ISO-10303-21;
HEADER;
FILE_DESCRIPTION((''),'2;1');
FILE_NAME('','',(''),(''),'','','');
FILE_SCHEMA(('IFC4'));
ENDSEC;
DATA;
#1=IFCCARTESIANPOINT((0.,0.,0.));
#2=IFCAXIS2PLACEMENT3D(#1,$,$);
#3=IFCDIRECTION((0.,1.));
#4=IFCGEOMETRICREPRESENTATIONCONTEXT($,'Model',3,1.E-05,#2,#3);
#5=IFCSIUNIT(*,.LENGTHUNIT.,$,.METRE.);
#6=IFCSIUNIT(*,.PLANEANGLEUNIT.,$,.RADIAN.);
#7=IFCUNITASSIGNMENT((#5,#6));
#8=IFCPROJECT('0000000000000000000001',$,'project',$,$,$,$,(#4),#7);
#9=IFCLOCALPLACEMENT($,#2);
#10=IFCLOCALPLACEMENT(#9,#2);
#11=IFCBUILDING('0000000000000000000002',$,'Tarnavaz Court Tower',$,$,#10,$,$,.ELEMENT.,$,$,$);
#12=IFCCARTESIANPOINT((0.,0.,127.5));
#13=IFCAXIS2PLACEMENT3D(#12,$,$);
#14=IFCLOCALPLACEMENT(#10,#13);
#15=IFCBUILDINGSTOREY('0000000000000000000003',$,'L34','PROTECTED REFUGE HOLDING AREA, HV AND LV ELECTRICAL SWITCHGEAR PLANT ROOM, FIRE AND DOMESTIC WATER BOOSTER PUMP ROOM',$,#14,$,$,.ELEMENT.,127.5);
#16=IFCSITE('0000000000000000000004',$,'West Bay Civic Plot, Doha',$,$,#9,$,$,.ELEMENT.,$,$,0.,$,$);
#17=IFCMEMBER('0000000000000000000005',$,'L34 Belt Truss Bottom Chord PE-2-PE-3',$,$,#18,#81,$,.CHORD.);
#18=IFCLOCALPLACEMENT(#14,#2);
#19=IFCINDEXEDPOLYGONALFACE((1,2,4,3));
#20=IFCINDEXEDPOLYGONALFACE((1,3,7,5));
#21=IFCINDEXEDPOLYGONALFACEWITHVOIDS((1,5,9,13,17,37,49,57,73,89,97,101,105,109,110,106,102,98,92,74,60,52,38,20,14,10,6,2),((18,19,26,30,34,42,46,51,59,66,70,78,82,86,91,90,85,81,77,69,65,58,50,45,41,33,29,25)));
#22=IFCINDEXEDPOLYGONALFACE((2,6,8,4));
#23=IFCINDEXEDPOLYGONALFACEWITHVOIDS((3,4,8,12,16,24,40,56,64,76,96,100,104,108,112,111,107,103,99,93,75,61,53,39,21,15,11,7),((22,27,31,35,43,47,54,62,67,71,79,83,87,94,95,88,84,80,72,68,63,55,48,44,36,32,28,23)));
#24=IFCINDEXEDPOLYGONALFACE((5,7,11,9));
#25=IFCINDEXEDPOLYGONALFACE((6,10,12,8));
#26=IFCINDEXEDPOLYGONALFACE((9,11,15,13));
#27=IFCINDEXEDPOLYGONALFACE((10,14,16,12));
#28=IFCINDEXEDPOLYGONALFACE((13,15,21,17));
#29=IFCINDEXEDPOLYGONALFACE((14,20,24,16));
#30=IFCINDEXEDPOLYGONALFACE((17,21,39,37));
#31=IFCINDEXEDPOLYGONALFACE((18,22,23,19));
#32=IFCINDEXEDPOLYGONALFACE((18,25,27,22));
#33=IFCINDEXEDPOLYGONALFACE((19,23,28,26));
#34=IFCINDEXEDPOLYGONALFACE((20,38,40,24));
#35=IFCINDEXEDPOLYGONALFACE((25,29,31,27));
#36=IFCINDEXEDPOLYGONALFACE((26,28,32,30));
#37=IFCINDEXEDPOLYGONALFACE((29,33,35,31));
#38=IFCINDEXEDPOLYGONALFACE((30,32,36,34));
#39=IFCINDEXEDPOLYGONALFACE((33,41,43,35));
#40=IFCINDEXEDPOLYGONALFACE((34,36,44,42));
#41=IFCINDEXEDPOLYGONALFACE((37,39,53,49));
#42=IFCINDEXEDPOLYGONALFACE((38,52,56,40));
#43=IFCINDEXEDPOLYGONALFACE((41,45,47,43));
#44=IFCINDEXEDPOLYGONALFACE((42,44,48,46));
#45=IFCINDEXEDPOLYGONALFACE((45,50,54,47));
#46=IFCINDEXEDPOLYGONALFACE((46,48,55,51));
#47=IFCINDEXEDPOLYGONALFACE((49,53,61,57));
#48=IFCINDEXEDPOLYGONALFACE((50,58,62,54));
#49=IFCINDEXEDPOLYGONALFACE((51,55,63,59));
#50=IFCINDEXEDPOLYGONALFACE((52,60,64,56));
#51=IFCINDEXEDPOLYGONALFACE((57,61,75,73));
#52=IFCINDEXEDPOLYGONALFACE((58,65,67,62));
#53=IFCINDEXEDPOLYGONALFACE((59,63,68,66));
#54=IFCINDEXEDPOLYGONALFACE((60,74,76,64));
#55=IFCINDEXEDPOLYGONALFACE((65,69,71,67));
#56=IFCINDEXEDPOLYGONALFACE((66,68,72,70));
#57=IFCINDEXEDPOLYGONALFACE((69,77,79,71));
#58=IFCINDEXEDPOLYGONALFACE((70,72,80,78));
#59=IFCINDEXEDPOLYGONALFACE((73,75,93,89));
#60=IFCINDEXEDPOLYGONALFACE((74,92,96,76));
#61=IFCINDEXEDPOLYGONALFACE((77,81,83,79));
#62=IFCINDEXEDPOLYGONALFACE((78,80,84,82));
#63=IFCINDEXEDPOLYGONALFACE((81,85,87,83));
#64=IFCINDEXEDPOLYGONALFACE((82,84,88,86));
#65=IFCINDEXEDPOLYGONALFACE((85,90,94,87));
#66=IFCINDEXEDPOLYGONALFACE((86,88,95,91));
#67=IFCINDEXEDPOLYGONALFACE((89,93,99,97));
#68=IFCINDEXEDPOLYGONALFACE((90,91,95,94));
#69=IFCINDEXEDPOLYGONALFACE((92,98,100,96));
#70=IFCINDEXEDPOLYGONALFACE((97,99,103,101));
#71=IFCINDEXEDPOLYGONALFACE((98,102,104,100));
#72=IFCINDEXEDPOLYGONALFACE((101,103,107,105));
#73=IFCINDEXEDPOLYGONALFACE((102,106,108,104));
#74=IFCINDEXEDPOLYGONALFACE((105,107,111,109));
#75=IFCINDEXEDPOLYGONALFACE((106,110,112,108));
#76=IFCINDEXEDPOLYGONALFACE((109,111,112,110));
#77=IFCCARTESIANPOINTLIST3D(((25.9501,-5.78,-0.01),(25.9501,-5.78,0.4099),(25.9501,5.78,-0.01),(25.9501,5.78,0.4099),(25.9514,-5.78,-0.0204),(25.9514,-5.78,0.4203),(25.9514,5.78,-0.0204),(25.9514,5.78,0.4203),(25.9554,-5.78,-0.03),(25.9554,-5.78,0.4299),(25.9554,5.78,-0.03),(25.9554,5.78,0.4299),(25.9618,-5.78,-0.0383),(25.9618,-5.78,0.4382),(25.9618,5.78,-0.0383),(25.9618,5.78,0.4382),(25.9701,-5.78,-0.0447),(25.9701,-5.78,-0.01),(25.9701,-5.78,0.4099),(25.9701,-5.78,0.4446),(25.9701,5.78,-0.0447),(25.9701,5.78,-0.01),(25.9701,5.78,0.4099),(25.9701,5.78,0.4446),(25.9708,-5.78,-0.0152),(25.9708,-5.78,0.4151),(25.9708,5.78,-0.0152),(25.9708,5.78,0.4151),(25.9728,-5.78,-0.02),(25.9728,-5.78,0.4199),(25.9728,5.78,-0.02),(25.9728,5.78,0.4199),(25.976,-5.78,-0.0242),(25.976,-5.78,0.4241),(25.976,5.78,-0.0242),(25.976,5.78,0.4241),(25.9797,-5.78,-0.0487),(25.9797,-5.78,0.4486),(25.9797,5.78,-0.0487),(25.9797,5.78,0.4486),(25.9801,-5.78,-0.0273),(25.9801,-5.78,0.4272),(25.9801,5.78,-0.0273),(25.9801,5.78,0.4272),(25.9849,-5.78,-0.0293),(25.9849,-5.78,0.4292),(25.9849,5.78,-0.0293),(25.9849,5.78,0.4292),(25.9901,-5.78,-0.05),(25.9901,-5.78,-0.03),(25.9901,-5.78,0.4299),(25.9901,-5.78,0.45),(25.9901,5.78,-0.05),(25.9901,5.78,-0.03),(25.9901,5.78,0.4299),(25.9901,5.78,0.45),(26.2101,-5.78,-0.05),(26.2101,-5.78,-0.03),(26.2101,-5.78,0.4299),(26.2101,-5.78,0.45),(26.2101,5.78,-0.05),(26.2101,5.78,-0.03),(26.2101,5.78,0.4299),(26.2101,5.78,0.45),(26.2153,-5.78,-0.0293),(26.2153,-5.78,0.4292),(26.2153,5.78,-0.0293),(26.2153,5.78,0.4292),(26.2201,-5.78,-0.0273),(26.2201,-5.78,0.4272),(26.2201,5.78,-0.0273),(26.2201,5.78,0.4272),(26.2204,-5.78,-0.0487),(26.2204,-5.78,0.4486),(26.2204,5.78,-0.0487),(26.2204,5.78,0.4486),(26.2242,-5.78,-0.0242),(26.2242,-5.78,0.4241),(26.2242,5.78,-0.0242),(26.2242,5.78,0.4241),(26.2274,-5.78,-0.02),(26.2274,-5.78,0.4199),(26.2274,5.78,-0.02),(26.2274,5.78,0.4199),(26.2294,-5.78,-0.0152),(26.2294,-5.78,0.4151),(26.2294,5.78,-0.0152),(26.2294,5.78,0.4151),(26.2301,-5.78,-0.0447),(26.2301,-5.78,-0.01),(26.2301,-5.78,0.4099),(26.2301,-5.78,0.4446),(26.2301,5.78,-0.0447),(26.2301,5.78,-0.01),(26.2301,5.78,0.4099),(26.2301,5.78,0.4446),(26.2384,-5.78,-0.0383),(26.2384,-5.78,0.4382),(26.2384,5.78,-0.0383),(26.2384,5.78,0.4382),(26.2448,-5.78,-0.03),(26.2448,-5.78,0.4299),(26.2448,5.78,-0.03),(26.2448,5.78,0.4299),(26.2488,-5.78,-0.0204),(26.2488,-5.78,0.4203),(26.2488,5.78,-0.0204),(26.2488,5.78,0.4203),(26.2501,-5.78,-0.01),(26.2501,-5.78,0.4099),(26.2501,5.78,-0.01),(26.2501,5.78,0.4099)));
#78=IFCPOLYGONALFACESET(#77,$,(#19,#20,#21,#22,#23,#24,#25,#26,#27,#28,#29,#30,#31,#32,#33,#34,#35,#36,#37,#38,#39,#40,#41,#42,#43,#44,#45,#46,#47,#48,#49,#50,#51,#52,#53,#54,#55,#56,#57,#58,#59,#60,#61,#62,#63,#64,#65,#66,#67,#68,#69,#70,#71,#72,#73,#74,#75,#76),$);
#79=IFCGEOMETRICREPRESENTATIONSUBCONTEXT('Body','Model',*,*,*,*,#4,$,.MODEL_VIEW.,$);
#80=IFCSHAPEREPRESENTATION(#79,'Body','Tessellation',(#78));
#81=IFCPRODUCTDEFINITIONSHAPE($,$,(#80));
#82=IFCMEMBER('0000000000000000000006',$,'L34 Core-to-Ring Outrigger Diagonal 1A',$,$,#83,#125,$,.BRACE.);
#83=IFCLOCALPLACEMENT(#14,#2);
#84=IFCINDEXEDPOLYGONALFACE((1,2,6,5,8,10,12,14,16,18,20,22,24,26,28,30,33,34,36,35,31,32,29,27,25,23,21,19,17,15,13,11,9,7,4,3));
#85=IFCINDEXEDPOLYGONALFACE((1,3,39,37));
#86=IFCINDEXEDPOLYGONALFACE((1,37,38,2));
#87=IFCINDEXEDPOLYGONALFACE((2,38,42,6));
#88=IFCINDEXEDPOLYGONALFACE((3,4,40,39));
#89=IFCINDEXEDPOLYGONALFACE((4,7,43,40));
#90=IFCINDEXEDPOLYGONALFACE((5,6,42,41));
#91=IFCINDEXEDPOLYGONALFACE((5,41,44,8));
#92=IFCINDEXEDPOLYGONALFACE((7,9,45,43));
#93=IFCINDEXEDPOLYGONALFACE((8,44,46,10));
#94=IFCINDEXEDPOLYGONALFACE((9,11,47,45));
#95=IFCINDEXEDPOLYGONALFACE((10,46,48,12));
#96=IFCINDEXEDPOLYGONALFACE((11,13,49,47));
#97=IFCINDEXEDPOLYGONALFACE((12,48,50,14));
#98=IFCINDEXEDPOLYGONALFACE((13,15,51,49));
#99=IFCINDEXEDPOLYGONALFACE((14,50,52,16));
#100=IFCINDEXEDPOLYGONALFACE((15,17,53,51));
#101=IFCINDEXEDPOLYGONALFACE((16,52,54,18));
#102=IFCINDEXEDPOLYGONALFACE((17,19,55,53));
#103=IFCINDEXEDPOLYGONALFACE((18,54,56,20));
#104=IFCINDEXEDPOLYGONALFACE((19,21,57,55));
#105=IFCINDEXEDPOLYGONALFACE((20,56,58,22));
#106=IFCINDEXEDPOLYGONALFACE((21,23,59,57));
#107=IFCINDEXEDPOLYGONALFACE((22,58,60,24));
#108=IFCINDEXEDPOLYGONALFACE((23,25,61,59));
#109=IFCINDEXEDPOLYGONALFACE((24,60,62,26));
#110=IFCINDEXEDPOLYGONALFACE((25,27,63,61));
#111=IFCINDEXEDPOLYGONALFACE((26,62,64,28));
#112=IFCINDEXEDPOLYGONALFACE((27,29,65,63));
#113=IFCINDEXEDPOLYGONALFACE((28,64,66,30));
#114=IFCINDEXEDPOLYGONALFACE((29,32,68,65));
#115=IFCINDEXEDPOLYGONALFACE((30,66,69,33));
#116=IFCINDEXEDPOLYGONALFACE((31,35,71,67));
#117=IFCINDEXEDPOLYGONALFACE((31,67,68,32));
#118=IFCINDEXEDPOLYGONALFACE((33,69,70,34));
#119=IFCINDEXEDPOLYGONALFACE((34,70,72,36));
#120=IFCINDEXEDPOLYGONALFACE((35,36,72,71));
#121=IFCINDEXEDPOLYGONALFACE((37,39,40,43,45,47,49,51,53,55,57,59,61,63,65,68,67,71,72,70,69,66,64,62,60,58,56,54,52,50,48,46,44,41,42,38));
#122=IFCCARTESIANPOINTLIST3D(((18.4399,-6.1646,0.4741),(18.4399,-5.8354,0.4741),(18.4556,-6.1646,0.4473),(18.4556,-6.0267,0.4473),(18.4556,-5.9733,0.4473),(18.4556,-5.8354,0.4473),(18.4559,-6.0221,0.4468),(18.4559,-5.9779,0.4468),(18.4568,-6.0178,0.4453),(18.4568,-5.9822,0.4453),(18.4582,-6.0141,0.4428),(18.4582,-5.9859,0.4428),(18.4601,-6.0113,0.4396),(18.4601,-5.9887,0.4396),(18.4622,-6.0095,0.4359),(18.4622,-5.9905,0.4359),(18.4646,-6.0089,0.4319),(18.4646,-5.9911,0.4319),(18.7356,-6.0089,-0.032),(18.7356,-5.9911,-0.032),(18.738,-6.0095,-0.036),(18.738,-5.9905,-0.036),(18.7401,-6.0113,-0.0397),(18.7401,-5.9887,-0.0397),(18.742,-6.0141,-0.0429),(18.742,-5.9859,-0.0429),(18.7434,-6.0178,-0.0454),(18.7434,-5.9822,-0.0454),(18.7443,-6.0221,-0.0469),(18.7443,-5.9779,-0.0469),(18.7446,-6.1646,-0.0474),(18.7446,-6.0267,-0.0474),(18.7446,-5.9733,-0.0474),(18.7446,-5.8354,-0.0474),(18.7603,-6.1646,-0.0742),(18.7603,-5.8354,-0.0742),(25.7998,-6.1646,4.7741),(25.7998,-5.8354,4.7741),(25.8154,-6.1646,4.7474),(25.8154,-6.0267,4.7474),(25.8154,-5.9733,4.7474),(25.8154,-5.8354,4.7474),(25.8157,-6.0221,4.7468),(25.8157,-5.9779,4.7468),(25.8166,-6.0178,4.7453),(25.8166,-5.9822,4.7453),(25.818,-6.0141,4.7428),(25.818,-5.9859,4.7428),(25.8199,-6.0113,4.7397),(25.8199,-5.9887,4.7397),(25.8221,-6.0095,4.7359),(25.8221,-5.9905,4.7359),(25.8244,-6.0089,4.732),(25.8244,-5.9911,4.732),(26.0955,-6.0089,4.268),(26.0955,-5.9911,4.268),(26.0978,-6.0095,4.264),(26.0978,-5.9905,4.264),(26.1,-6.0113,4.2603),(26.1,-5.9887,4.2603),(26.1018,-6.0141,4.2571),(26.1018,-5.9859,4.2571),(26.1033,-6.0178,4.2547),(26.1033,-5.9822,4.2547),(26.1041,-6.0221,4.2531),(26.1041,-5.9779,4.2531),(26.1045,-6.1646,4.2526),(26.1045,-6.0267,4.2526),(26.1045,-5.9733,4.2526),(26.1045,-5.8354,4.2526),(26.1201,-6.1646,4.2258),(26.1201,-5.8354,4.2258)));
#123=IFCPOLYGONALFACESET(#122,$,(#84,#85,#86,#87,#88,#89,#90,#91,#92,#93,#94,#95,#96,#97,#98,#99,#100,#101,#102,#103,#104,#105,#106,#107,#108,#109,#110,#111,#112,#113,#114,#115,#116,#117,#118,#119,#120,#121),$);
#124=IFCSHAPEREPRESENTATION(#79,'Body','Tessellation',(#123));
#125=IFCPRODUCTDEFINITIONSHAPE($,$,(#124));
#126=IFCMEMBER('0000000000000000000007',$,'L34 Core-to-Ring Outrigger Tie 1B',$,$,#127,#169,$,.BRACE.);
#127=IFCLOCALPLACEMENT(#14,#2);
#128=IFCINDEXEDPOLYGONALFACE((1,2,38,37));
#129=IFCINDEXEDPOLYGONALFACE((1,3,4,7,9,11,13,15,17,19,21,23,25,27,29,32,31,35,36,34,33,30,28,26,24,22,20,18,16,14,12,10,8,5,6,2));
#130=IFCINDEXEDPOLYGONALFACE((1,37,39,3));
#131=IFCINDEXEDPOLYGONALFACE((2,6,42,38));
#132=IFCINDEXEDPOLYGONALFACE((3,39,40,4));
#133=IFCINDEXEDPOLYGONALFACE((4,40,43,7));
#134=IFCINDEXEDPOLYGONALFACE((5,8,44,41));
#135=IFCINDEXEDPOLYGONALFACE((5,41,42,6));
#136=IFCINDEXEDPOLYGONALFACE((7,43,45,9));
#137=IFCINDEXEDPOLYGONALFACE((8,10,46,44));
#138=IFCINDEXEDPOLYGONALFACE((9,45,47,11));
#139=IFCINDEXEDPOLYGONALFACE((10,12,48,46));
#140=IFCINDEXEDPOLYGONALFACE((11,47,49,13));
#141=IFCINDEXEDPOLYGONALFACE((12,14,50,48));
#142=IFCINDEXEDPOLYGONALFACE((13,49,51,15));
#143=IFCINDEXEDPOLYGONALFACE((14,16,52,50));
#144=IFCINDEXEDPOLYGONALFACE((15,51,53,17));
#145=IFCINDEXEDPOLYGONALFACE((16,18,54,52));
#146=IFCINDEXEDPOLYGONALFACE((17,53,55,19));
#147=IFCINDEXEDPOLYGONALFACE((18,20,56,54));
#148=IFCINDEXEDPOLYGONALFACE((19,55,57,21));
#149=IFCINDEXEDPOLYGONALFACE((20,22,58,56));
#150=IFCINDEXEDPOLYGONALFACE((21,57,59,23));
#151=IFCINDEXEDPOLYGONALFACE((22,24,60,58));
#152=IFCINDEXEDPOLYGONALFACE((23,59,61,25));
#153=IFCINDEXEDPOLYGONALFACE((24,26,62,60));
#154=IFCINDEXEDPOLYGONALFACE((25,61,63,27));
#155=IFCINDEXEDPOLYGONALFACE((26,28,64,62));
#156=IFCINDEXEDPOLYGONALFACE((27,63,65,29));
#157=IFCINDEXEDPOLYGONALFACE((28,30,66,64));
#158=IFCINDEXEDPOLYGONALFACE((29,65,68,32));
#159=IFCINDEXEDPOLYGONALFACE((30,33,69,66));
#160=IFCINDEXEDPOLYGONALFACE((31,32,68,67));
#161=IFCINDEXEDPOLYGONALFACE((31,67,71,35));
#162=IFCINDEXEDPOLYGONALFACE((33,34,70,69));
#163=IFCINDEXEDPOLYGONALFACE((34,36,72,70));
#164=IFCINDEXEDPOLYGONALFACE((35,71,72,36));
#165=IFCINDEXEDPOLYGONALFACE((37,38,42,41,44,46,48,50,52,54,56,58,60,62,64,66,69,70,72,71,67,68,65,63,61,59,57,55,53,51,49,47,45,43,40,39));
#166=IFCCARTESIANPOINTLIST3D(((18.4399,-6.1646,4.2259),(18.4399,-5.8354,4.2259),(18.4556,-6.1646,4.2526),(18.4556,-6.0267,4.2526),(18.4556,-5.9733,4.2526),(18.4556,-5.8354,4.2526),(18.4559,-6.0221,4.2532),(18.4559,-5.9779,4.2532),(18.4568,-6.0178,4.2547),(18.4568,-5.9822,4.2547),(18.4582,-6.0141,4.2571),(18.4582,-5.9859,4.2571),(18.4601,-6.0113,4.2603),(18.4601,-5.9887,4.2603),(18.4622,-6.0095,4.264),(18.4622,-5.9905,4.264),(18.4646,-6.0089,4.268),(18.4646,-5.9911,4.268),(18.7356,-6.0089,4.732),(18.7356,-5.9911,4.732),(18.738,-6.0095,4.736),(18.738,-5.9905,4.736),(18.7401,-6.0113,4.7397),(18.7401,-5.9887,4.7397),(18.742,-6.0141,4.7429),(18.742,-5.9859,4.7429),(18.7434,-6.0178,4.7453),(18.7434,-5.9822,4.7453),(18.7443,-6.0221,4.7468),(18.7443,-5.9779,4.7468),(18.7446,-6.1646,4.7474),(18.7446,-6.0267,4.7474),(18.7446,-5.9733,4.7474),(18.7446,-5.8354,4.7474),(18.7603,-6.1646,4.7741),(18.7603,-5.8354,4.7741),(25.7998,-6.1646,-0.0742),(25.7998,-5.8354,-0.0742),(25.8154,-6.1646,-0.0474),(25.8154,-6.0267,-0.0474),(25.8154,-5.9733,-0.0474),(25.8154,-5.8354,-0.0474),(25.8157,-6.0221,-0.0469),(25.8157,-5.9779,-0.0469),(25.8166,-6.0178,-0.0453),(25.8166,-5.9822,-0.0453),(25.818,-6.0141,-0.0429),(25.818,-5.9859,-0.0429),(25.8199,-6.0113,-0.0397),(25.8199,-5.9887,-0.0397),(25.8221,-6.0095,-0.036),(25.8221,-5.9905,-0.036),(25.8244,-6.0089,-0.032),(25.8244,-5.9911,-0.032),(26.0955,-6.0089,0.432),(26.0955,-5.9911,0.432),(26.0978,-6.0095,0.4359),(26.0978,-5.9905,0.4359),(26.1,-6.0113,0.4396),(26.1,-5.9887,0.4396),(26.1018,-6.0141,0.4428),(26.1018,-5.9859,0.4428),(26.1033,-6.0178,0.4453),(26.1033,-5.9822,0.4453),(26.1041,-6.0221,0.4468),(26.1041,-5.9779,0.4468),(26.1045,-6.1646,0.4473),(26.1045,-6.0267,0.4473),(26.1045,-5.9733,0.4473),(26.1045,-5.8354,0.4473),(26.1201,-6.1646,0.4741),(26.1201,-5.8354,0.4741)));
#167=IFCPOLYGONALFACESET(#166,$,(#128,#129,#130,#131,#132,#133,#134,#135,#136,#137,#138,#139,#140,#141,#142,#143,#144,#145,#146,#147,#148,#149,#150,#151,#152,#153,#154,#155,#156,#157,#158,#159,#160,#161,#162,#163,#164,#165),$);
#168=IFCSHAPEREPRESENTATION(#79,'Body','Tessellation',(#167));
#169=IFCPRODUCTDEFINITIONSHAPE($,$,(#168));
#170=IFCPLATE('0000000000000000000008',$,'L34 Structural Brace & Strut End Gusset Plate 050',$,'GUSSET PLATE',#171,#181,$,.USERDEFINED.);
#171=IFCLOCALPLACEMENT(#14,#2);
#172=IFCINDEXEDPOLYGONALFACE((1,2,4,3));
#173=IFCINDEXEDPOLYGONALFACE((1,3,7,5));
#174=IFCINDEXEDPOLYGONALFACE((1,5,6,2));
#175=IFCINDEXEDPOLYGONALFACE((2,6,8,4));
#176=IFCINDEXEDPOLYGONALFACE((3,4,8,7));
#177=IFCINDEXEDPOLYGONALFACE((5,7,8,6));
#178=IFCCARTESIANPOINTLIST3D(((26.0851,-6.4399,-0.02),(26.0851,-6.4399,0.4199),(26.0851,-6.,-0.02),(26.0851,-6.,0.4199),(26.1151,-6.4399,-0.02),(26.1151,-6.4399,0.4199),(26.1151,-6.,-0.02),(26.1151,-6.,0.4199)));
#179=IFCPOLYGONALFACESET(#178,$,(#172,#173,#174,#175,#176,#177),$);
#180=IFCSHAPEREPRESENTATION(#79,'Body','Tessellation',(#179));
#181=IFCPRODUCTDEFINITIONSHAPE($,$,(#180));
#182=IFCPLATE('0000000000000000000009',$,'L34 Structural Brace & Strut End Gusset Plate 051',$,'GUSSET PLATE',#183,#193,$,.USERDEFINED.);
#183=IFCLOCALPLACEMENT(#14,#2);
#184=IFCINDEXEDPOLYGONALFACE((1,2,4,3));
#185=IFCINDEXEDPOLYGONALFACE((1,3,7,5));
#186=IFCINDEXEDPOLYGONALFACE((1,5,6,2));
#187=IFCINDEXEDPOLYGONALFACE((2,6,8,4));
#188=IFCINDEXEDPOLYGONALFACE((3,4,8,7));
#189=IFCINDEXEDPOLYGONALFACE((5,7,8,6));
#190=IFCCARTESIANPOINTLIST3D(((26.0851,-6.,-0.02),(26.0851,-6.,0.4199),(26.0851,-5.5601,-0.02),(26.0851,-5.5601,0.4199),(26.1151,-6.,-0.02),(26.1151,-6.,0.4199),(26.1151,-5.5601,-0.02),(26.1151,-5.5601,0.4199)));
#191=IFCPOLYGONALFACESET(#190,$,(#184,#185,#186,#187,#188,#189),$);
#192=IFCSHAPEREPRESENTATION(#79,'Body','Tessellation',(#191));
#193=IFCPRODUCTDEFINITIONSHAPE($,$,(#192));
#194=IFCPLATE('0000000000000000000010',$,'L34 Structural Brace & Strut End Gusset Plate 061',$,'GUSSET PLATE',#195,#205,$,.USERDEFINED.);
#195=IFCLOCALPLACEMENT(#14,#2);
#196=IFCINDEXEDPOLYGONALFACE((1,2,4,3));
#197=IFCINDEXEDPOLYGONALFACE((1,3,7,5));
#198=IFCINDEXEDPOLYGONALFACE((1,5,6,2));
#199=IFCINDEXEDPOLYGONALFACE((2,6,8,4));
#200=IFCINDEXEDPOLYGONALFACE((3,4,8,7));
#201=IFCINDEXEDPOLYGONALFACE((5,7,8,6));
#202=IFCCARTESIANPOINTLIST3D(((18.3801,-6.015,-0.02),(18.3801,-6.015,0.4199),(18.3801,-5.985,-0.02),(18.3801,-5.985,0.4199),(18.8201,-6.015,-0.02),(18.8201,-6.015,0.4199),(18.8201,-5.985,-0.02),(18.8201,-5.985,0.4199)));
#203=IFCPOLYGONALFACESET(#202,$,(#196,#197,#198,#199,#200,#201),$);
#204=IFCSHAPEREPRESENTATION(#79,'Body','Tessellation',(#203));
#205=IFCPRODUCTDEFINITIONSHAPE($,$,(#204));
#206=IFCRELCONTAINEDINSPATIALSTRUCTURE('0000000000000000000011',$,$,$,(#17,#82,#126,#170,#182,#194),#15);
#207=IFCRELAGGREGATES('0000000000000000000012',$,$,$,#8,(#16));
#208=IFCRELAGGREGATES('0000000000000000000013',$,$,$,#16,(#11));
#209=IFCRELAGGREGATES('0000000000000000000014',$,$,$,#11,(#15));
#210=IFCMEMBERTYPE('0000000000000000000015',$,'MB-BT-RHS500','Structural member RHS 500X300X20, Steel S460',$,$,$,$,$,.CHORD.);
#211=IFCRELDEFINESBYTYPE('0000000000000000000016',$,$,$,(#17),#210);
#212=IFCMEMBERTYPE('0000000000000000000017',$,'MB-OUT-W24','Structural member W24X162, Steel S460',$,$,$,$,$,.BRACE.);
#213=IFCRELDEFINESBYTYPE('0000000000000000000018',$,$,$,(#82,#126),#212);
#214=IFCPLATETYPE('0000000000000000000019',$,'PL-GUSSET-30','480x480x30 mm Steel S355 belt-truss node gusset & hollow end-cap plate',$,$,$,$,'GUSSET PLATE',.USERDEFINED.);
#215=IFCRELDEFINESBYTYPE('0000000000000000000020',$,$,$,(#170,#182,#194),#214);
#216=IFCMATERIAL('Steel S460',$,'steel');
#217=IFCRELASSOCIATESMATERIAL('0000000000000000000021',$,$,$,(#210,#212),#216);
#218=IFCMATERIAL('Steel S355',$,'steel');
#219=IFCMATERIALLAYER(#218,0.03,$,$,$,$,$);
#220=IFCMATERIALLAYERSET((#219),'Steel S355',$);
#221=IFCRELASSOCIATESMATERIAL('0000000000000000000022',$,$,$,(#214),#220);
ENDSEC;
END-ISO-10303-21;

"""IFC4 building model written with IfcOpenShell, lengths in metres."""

from ifc_helpers import new_model, si_unit, direction, frame, origin, origin_2d, place, context, subcontext, project, spatial, rectangle, hollow_rectangle, i_section, extrude, material, layer, layer_set, material_profile, profile_set, type_object, element, save


model = new_model("IFC4")

# Units and contexts
model_context = context("Model", 3, precision=1e-05, world=origin(), true_north=direction((0.0, 1.0)))
body_context = subcontext(model_context, "Body", "Model", "MODEL_VIEW")
ifc_project = project(units=[si_unit("LENGTHUNIT", "METRE"), si_unit("PLANEANGLEUNIT", "RADIAN")], contexts=[model_context])

# Site, building, storey
site_placement = place(None, origin())
site = spatial("IfcSite", under=ifc_project, at=site_placement, Name="West Bay Civic Plot, Doha", CompositionType="ELEMENT", RefElevation=0.0)
building_placement = place(site_placement, origin())
building = spatial("IfcBuilding", under=site, at=building_placement, Name="Tarnavaz Court Tower", CompositionType="ELEMENT")
storey_placement = place(building_placement, frame((0.0, 0.0, 127.5)))
storey = spatial("IfcBuildingStorey", under=building, at=storey_placement, Name="L34", Description="PROTECTED REFUGE HOLDING AREA, HV AND LV ELECTRICAL SWITCHGEAR PLANT ROOM, FIRE AND DOMESTIC WATER BOOSTER PUMP ROOM", CompositionType="ELEMENT", Elevation=127.5)

# Shared definitions
ifc_material_1 = material(Name="Steel S460", Category="steel")

# Members
ifc_material_profile_1 = material_profile(ifc_material_1, hollow_rectangle(XDim=0.3, YDim=0.5, WallThickness=0.02, InnerFilletRadius=0.02, OuterFilletRadius=0.04, at=origin_2d()), Name="RHS 500X300X20")
ifc_profile_set_1 = profile_set([ifc_material_profile_1], Name="Steel S460")
member_type_1 = type_object("IfcMemberType", Name="MB-BT-RHS500", Description="Structural member RHS 500X300X20, Steel S460", PredefinedType="CHORD", material=ifc_profile_set_1)
member_1_placement = place(storey_placement, frame((26.1001, -5.78, 0.2), z_axis=(0.0, 1.0, 0.0), x_axis=(-1.0, 0.0, 0.0)))
element("IfcMember", 1, at=member_1_placement, inside=storey, type_object=member_type_1, Name="L34 Belt Truss Bottom Chord PE-2-PE-3", PredefinedType="CHORD", context=body_context, shape_type="SweptSolid", body=[
    extrude(hollow_rectangle(XDim=0.3, YDim=0.5, WallThickness=0.02, InnerFilletRadius=0.02, OuterFilletRadius=0.04, at=origin_2d()), origin(), (0.0, 0.0, 1.0), 11.5601),
])
ifc_material_profile_2 = material_profile(ifc_material_1, i_section(OverallWidth=0.3291, OverallDepth=0.635, WebThickness=0.0178, FlangeThickness=0.031, FilletRadius=0.0178, at=origin_2d()), Name="W24X162")
ifc_profile_set_2 = profile_set([ifc_material_profile_2], Name="Steel S460")
member_type_2 = type_object("IfcMemberType", Name="MB-OUT-W24", Description="Structural member W24X162, Steel S460", PredefinedType="BRACE", material=ifc_profile_set_2)
for number, where, z_axis, x_axis, name in (
    (2, (18.6001, -6.0, 0.2), (0.863432, 0.0, 0.504466), (0.0, 1.0, 0.0), "L34 Core-to-Ring Outrigger Diagonal 1A"),
    (3, (18.6001, -6.0, 4.5), (0.863432, 0.0, -0.504466), (0.0, 1.0, 0.0), "L34 Core-to-Ring Outrigger Tie 1B"),
):
    element("IfcMember", number, at=place(storey_placement, frame(where, z_axis=z_axis, x_axis=x_axis)), inside=storey, type_object=member_type_2, Name=name, PredefinedType="BRACE", context=body_context, shape_type="SweptSolid", body=[
        extrude(i_section(OverallWidth=0.3291, OverallDepth=0.635, WebThickness=0.0178, FlangeThickness=0.031, FilletRadius=0.0178, at=origin_2d()), origin(), (0.0, 0.0, 1.0), 8.5239),
    ])

# Plates
ifc_material_2 = material(Name="Steel S355", Category="steel")
ifc_layer_1 = layer(ifc_material_2, 0.03)
ifc_layer_set_1 = layer_set([ifc_layer_1], Name="Steel S355")
plate_type = type_object("IfcPlateType", Name="PL-GUSSET-30", Description="480x480x30 mm Steel S355 belt-truss node gusset & hollow end-cap plate", ElementType="GUSSET PLATE", PredefinedType="USERDEFINED", material=ifc_layer_set_1)
for number, where, z_axis, x_axis, name in (
    (4, (26.1001, -6.22, -0.02), (0.0, 0.0, 1.0), (0.0, 1.0, 0.0), "L34 Structural Brace & Strut End Gusset Plate 050"),
    (5, (26.1001, -5.78, -0.02), (0.0, 0.0, 1.0), (0.0, 1.0, 0.0), "L34 Structural Brace & Strut End Gusset Plate 051"),
    (6, (18.6001, -6.0, -0.02), (0.0, 0.0, 1.0), (1.0, 0.0, 0.0), "L34 Structural Brace & Strut End Gusset Plate 061"),
):
    element("IfcPlate", number, at=place(storey_placement, frame(where, z_axis=z_axis, x_axis=x_axis)), inside=storey, type_object=plate_type, Name=name, ObjectType="GUSSET PLATE", PredefinedType="USERDEFINED", context=body_context, shape_type="SweptSolid", body=[
        extrude(rectangle(XDim=0.4399, YDim=0.03, at=origin_2d()), origin(), (0.0, 0.0, 1.0), 0.4399),
    ])

save(model, "model.ifc")
